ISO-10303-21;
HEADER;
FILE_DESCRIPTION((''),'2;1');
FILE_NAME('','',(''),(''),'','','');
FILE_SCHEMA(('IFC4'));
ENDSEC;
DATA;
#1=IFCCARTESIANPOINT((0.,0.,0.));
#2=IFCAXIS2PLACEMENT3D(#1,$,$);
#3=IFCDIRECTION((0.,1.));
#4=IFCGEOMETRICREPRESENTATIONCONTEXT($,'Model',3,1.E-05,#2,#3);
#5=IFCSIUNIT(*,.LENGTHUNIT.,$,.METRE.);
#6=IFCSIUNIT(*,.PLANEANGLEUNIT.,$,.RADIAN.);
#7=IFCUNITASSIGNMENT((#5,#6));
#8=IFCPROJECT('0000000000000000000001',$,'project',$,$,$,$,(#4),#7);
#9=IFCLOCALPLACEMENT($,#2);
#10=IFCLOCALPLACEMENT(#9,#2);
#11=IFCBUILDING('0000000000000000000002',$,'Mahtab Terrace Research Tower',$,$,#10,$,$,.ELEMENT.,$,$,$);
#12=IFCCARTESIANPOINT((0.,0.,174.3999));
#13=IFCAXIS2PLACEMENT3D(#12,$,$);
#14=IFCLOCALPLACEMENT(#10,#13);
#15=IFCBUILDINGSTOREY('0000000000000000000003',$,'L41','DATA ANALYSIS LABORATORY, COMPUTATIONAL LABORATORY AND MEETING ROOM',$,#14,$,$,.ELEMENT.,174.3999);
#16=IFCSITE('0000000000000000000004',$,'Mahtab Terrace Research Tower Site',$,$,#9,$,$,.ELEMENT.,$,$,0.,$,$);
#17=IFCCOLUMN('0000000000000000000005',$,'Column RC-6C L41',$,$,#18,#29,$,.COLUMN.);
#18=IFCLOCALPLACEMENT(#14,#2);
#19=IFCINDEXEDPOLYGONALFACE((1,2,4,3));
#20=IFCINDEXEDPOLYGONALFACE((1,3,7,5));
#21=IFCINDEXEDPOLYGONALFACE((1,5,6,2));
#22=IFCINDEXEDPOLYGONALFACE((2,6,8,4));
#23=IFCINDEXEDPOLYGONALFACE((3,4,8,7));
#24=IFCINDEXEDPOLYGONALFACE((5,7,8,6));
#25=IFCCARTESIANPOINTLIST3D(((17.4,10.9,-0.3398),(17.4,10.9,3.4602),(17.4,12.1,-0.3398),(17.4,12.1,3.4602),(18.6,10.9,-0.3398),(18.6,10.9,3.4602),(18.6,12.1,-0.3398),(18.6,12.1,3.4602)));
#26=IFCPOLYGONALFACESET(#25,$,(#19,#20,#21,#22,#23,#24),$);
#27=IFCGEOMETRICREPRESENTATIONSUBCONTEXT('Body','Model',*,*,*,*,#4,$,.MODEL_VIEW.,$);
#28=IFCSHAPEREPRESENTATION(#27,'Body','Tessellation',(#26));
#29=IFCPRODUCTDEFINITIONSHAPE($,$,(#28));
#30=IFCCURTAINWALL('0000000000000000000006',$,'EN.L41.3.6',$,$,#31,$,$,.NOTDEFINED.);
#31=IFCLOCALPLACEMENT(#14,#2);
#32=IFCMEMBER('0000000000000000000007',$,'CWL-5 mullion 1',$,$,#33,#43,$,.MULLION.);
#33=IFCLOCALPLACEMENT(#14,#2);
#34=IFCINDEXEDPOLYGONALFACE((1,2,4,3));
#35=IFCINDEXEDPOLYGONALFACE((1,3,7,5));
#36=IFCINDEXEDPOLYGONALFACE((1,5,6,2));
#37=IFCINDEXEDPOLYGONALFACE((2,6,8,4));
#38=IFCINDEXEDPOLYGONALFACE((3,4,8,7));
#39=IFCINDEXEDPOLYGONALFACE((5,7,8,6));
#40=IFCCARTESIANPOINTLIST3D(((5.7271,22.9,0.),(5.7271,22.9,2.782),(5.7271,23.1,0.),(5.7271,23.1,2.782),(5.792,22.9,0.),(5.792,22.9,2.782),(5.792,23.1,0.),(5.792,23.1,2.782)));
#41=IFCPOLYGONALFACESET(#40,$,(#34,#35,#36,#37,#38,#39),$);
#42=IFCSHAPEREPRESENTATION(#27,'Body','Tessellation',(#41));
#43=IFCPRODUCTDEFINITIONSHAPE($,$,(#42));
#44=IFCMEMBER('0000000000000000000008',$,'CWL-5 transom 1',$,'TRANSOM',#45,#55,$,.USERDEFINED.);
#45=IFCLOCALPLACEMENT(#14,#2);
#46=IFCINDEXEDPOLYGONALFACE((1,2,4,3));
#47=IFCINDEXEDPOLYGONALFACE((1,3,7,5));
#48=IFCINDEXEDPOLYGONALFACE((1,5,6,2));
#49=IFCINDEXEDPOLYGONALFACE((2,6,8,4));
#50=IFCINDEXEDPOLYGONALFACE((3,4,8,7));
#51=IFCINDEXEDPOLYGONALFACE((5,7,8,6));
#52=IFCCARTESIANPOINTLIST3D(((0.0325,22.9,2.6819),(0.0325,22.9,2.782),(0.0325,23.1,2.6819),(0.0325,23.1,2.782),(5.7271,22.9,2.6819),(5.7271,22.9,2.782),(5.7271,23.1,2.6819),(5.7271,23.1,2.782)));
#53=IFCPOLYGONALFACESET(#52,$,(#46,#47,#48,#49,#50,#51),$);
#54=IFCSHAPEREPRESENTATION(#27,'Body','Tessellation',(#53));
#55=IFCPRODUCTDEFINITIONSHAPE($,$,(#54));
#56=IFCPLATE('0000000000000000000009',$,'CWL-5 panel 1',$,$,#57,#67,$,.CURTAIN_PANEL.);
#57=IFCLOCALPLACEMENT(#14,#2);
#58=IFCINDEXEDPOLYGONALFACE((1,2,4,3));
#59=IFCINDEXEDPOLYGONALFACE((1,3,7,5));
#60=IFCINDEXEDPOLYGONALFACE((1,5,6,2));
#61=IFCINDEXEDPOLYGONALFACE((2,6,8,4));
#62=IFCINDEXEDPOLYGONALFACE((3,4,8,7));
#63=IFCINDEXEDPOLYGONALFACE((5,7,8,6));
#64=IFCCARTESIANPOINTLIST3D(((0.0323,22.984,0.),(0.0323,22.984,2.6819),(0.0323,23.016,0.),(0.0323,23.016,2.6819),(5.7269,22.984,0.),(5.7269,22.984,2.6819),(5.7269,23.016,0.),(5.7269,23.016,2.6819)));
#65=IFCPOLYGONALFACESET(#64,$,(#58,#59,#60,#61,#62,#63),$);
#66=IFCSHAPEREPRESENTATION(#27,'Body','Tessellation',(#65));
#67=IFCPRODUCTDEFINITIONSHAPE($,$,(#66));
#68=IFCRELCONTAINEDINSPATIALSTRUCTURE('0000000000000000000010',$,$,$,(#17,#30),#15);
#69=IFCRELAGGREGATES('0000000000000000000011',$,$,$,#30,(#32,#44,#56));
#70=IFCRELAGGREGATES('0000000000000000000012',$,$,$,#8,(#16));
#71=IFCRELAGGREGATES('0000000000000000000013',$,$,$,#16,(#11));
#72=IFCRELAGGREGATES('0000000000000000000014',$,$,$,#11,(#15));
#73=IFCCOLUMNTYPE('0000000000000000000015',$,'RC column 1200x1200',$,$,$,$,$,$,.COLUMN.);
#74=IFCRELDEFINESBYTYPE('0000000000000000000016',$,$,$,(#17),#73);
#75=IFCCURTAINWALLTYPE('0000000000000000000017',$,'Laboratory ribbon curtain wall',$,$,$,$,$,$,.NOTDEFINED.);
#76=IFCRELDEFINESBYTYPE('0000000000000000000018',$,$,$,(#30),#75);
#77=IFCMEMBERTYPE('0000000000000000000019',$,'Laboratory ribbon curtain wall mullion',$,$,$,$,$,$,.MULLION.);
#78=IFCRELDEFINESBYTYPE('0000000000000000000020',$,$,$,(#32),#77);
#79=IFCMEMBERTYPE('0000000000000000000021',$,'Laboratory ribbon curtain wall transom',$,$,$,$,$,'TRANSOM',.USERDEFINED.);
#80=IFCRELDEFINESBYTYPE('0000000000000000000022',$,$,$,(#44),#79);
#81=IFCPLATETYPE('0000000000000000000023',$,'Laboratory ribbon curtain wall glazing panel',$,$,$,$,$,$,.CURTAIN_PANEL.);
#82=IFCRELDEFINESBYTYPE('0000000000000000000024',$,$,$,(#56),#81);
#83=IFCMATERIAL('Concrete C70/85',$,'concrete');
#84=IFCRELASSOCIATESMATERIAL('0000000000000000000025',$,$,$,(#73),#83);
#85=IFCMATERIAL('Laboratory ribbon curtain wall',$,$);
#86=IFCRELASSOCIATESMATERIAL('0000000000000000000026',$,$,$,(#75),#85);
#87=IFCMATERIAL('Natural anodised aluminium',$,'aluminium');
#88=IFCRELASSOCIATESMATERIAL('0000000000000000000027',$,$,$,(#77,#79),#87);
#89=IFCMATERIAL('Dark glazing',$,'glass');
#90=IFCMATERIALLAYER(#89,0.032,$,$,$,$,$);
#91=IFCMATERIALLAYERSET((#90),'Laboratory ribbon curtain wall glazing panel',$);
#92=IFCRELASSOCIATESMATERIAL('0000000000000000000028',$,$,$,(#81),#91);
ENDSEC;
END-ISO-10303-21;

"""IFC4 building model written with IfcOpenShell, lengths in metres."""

from ifc_helpers import new_model, si_unit, direction, frame, origin, origin_2d, place, context, subcontext, project, spatial, rectangle, extrude, material, layer, layer_set, material_profile, profile_set, type_object, element, aggregate, save


model = new_model("IFC4")

# Units and contexts
model_context = context("Model", 3, precision=1e-05, world=origin(), true_north=direction((0.0, 1.0)))
body_context = subcontext(model_context, "Body", "Model", "MODEL_VIEW")
ifc_project = project(units=[si_unit("LENGTHUNIT", "METRE"), si_unit("PLANEANGLEUNIT", "RADIAN")], contexts=[model_context])

# Site, building, storey
site_placement = place(None, origin())
site = spatial("IfcSite", under=ifc_project, at=site_placement, Name="Mahtab Terrace Research Tower Site", CompositionType="ELEMENT", RefElevation=0.0)
building_placement = place(site_placement, origin())
building = spatial("IfcBuilding", under=site, at=building_placement, Name="Mahtab Terrace Research Tower", CompositionType="ELEMENT")
storey_placement = place(building_placement, frame((0.0, 0.0, 174.3999)))
storey = spatial("IfcBuildingStorey", under=building, at=storey_placement, Name="L41", Description="DATA ANALYSIS LABORATORY, COMPUTATIONAL LABORATORY AND MEETING ROOM", CompositionType="ELEMENT", Elevation=174.3999)

# Column
ifc_material_1 = material(Name="Concrete C70/85", Category="concrete")
ifc_material_profile_1 = material_profile(ifc_material_1, rectangle(XDim=1.2, YDim=1.2, at=origin_2d()), Name="RC column 1200x1200")
ifc_profile_set_1 = profile_set([ifc_material_profile_1], Name="Concrete C70/85")
column_type = type_object("IfcColumnType", Name="RC column 1200x1200", PredefinedType="COLUMN", material=ifc_profile_set_1)
column_placement = place(storey_placement, frame((18.0, 11.5, -0.3398), z_axis=(0.0, 0.0, 1.0), x_axis=(1.0, 0.0, 0.0)))
element("IfcColumn", 1, at=column_placement, inside=storey, type_object=column_type, Name="Column RC-6C L41", PredefinedType="COLUMN", context=body_context, shape_type="SweptSolid", body=[
    extrude(rectangle(XDim=1.2, YDim=1.2, at=origin_2d()), origin(), (0.0, 0.0, 1.0), 3.8),
])

# Curtain wall, members, plate
ifc_material_2 = material(Name="Laboratory ribbon curtain wall")
curtain_wall_type = type_object("IfcCurtainWallType", Name="Laboratory ribbon curtain wall", PredefinedType="NOTDEFINED", material=ifc_material_2)
curtain_wall_placement = place(storey_placement, origin())
curtain_wall = element("IfcCurtainWall", 2, at=curtain_wall_placement, inside=storey, type_object=curtain_wall_type, Name="EN.L41.3.6", PredefinedType="NOTDEFINED")
ifc_material_3 = material(Name="Natural anodised aluminium", Category="aluminium")
ifc_material_profile_2 = material_profile(ifc_material_3, rectangle(XDim=0.2, YDim=0.0649, at=origin_2d()), Name="MULLION 65x200")
ifc_profile_set_2 = profile_set([ifc_material_profile_2], Name="Natural anodised aluminium")
member_type_1 = type_object("IfcMemberType", Name="Laboratory ribbon curtain wall mullion", PredefinedType="MULLION", material=ifc_profile_set_2)
member_1_placement = place(storey_placement, frame((5.7595, 23.0, 0.0), z_axis=(0.0, 0.0, 1.0), x_axis=(0.0, -1.0, 0.0)))
member_1 = element("IfcMember", 3, at=member_1_placement, type_object=member_type_1, Name="CWL-5 mullion 1", PredefinedType="MULLION", context=body_context, shape_type="SweptSolid", body=[
    extrude(rectangle(XDim=0.2, YDim=0.0649, at=origin_2d()), origin(), (0.0, 0.0, 1.0), 2.782),
])
ifc_material_profile_3 = material_profile(ifc_material_3, rectangle(XDim=0.2, YDim=0.1001, at=origin_2d()), Name="TRANSOM 100x200")
ifc_profile_set_3 = profile_set([ifc_material_profile_3], Name="Natural anodised aluminium")
member_type_2 = type_object("IfcMemberType", Name="Laboratory ribbon curtain wall transom", ElementType="TRANSOM", PredefinedType="USERDEFINED", material=ifc_profile_set_3)
member_2_placement = place(storey_placement, frame((5.7271, 23.0, 2.7319), z_axis=(-1.0, 0.0, 0.0), x_axis=(0.0, -1.0, 0.0)))
member_2 = element("IfcMember", 4, at=member_2_placement, type_object=member_type_2, Name="CWL-5 transom 1", ObjectType="TRANSOM", PredefinedType="USERDEFINED", context=body_context, shape_type="SweptSolid", body=[
    extrude(rectangle(XDim=0.2, YDim=0.1001, at=origin_2d()), origin(), (0.0, 0.0, 1.0), 5.6946),
])
ifc_material_4 = material(Name="Dark glazing", Category="glass")
ifc_layer_1 = layer(ifc_material_4, 0.032)
ifc_layer_set_1 = layer_set([ifc_layer_1], Name="Laboratory ribbon curtain wall glazing panel")
plate_type = type_object("IfcPlateType", Name="Laboratory ribbon curtain wall glazing panel", PredefinedType="CURTAIN_PANEL", material=ifc_layer_set_1)
plate_placement = place(storey_placement, frame((2.8796, 23.0, 0.0), z_axis=(0.0, 0.0, 1.0), x_axis=(-1.0, 0.0, 0.0)))
plate = element("IfcPlate", 5, at=plate_placement, type_object=plate_type, Name="CWL-5 panel 1", PredefinedType="CURTAIN_PANEL", context=body_context, shape_type="SweptSolid", body=[
    extrude(rectangle(XDim=5.6946, YDim=0.032, at=origin_2d()), origin(), (0.0, 0.0, 1.0), 2.6819),
])
aggregate(curtain_wall, [member_1, member_2, plate])

save(model, "model.ifc")
